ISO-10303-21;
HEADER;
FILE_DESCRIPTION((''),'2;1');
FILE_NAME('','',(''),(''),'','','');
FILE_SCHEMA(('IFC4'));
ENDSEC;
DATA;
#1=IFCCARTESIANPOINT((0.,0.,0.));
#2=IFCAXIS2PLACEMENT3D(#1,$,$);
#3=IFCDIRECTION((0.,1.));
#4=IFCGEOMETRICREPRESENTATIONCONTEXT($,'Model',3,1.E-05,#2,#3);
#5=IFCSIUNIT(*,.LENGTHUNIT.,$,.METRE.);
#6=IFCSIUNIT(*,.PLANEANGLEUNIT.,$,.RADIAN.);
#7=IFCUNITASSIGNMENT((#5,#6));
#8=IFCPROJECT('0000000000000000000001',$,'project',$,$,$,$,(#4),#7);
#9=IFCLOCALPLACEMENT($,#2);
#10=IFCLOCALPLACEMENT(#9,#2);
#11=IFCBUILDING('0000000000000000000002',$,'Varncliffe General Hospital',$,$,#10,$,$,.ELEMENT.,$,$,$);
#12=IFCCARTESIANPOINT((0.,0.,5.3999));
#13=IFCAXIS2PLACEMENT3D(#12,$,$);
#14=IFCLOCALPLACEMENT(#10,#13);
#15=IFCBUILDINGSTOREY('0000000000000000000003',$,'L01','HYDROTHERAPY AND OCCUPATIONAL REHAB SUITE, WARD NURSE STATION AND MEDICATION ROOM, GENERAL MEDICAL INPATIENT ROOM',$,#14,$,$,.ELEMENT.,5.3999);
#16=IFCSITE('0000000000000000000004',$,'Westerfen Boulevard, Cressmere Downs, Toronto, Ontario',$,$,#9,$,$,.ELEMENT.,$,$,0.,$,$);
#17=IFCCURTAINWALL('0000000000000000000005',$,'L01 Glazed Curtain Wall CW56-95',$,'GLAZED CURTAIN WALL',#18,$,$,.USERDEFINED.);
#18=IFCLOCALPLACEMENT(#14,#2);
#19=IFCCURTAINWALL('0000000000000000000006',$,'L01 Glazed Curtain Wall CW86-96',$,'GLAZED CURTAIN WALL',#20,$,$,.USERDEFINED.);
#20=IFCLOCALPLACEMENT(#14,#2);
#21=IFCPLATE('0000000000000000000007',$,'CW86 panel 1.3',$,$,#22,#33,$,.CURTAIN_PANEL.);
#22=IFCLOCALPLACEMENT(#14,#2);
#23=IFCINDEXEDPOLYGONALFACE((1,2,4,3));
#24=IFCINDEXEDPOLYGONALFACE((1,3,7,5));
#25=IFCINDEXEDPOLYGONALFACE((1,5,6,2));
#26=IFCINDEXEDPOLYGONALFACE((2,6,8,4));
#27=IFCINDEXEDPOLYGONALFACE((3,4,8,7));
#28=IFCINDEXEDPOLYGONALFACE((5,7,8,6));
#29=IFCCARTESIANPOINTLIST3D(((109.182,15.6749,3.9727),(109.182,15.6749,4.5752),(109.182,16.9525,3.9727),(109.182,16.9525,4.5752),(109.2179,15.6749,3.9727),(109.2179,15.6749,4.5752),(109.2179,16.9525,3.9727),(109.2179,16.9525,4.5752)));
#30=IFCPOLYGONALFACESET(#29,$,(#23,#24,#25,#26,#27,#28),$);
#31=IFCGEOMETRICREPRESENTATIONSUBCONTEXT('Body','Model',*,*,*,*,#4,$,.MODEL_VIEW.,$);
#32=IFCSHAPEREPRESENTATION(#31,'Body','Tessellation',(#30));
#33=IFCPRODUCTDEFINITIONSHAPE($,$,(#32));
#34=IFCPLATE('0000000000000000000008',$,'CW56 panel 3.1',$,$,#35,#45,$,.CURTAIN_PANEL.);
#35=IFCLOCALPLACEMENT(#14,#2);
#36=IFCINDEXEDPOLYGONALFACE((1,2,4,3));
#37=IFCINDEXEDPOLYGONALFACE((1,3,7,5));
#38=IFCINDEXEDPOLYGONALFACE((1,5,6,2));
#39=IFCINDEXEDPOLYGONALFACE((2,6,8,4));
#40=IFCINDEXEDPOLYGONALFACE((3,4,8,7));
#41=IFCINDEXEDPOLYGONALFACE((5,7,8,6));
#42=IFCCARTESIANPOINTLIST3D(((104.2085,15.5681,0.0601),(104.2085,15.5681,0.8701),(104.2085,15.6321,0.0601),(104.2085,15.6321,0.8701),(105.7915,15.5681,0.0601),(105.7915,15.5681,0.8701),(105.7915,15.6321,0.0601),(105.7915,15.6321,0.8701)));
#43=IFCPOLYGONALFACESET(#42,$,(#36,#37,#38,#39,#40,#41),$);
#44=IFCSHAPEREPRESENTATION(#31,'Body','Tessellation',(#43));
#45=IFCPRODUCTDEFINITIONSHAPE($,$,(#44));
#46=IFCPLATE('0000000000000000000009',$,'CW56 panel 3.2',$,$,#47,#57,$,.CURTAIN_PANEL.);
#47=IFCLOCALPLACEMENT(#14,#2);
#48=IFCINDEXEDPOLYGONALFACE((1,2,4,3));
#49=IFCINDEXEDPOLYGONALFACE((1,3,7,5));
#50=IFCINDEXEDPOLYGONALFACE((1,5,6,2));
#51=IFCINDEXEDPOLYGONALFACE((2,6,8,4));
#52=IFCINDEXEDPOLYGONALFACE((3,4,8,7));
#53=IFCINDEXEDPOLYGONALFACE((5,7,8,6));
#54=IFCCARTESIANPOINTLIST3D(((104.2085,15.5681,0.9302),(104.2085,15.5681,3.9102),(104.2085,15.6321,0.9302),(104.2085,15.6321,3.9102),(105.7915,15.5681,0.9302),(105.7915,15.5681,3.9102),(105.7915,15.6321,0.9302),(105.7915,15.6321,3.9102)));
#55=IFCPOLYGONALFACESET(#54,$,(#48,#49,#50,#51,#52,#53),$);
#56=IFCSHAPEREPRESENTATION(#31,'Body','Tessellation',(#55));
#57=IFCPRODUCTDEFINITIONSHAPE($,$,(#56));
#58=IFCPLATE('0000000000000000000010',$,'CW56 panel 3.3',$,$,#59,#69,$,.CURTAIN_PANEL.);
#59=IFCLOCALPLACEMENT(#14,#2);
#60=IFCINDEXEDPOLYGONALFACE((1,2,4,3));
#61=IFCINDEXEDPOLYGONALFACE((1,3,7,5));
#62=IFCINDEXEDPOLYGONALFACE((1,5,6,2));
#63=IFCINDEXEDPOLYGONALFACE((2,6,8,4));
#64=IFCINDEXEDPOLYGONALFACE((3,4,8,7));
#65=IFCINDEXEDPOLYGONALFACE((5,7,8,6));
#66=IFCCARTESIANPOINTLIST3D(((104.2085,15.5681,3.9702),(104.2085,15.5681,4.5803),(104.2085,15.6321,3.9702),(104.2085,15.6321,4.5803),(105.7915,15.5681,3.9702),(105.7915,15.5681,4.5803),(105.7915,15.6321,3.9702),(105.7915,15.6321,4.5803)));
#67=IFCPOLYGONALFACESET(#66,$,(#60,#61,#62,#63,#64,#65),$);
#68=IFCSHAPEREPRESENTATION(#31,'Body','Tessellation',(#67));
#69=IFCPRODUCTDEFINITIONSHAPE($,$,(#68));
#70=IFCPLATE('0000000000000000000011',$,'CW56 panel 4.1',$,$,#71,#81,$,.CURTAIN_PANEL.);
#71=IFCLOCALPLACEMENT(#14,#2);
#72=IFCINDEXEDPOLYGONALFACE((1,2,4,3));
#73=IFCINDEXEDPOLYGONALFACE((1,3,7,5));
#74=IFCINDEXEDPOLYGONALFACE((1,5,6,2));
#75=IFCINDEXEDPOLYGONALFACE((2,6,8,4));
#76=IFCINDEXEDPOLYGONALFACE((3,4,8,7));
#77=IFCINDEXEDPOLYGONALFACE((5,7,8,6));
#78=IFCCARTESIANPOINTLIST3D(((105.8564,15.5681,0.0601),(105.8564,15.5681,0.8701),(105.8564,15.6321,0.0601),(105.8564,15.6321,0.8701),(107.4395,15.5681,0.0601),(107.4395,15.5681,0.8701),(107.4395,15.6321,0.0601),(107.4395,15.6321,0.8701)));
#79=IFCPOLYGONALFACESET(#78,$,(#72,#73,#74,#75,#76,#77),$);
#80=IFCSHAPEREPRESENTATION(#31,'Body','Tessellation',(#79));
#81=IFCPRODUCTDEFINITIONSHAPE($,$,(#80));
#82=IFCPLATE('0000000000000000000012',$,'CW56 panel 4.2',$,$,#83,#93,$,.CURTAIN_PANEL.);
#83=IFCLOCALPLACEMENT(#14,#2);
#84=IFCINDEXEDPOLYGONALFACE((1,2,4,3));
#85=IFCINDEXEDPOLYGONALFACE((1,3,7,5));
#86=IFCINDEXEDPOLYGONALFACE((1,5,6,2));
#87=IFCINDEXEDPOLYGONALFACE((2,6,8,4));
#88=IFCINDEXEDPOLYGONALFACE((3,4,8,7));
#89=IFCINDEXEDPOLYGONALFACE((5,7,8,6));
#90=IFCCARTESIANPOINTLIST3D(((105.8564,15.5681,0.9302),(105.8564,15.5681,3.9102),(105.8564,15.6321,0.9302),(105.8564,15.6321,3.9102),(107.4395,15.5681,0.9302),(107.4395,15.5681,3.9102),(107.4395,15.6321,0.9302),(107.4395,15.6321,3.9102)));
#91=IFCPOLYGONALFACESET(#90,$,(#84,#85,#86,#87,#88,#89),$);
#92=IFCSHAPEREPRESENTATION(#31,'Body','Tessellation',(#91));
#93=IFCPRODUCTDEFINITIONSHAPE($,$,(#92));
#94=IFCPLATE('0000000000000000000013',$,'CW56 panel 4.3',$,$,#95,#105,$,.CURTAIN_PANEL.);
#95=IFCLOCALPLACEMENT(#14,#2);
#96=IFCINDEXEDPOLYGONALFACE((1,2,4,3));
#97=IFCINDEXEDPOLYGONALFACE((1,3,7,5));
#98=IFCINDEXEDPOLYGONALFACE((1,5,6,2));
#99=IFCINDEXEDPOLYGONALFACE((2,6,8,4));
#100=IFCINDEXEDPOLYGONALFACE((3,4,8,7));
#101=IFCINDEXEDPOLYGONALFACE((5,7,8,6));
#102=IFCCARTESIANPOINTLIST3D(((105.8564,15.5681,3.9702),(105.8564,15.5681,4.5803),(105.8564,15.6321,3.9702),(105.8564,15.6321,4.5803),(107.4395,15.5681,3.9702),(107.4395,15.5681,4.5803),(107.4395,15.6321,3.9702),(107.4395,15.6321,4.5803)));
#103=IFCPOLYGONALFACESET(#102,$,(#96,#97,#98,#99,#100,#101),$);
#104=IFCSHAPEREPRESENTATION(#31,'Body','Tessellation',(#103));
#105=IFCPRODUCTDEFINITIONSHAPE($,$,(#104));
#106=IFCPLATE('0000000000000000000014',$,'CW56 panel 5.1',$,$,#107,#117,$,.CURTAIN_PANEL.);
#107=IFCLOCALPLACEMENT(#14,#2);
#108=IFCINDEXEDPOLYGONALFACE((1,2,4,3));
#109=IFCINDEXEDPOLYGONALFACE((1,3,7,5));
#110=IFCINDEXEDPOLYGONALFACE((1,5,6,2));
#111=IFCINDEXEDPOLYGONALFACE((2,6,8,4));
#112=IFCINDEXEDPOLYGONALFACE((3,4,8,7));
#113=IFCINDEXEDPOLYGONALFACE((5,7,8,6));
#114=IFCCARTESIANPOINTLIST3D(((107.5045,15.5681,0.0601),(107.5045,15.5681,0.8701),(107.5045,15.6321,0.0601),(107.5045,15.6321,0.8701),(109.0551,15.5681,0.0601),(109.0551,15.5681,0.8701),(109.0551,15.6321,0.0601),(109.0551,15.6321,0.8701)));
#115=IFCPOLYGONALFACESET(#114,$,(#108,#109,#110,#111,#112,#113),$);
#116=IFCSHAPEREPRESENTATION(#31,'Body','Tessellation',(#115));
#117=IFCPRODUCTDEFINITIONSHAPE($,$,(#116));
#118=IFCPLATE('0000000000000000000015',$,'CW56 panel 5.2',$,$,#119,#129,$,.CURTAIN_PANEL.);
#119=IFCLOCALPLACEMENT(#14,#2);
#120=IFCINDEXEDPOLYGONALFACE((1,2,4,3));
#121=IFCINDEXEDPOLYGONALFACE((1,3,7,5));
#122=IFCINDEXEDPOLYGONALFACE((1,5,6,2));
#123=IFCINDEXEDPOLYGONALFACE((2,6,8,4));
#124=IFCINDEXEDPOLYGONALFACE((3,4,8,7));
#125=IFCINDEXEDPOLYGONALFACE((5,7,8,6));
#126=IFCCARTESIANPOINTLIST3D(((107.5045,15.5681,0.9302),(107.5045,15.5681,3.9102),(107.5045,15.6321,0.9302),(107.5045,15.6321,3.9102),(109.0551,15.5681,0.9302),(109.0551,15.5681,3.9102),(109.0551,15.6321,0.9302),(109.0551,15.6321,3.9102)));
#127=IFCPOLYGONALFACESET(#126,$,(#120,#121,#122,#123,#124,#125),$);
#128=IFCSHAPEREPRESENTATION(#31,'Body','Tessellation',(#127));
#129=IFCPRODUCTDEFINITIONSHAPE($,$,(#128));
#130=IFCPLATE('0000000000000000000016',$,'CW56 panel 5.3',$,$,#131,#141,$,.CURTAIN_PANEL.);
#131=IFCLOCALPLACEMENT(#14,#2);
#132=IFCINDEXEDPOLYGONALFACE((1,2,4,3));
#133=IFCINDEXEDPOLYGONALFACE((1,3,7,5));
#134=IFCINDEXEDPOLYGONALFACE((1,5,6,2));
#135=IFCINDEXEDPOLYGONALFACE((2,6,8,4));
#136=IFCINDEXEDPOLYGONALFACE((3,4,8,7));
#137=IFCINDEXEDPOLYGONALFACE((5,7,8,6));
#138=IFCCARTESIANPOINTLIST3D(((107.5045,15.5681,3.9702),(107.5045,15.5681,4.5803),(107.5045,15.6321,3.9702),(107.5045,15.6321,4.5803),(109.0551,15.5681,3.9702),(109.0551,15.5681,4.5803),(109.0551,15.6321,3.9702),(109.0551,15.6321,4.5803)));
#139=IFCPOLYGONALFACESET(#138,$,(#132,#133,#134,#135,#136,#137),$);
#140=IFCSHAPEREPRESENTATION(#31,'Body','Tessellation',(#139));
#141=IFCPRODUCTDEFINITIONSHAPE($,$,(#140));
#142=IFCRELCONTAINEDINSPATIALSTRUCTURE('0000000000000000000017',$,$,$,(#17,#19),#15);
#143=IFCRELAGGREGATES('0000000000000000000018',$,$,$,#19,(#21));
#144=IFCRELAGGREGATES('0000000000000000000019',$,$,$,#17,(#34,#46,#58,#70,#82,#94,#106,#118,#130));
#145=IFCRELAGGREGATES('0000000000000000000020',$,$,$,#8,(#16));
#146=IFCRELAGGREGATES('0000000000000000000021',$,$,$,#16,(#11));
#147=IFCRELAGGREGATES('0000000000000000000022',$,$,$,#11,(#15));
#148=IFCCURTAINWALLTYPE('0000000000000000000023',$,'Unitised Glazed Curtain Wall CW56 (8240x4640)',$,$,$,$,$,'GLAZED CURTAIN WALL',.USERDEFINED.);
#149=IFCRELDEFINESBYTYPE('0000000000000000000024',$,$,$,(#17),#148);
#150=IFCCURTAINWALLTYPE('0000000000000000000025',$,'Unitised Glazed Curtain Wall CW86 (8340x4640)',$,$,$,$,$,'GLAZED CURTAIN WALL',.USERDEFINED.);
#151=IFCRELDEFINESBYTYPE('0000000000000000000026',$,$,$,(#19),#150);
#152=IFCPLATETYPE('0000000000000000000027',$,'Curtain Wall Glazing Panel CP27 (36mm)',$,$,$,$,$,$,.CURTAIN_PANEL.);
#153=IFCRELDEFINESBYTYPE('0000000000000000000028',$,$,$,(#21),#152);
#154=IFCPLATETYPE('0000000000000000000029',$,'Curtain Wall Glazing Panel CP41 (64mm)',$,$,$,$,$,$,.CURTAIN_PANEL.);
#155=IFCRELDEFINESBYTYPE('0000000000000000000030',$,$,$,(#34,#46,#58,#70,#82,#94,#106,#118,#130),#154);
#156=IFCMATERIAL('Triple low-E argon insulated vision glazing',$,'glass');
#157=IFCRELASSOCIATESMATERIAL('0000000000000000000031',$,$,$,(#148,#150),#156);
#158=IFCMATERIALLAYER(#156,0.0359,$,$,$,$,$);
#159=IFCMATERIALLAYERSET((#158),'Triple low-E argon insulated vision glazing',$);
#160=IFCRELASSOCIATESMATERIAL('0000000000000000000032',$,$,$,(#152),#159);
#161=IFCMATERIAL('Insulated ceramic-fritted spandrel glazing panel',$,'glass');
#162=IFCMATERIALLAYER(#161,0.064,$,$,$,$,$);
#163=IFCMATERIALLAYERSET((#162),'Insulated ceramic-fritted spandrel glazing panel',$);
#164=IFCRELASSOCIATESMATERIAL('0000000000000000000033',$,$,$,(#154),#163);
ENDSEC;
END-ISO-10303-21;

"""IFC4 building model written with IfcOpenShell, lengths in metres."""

from ifc_helpers import new_model, si_unit, direction, frame, origin, origin_2d, place, context, subcontext, project, spatial, rectangle, extrude, material, layer, layer_set, type_object, element, aggregate, save


model = new_model("IFC4")

# Units and contexts
model_context = context("Model", 3, precision=1e-05, world=origin(), true_north=direction((0.0, 1.0)))
body_context = subcontext(model_context, "Body", "Model", "MODEL_VIEW")
ifc_project = project(units=[si_unit("LENGTHUNIT", "METRE"), si_unit("PLANEANGLEUNIT", "RADIAN")], contexts=[model_context])

# Site, building, storey
site_placement = place(None, origin())
site = spatial("IfcSite", under=ifc_project, at=site_placement, Name="Westerfen Boulevard, Cressmere Downs, Toronto, Ontario", CompositionType="ELEMENT", RefElevation=0.0)
building_placement = place(site_placement, origin())
building = spatial("IfcBuilding", under=site, at=building_placement, Name="Varncliffe General Hospital", CompositionType="ELEMENT")
storey_placement = place(building_placement, frame((0.0, 0.0, 5.3999)))
storey = spatial("IfcBuildingStorey", under=building, at=storey_placement, Name="L01", Description="HYDROTHERAPY AND OCCUPATIONAL REHAB SUITE, WARD NURSE STATION AND MEDICATION ROOM, GENERAL MEDICAL INPATIENT ROOM", CompositionType="ELEMENT", Elevation=5.3999)

# Curtain walls
ifc_material_1 = material(Name="Triple low-E argon insulated vision glazing", Category="glass")
curtain_wall_type_1 = type_object("IfcCurtainWallType", Name="Unitised Glazed Curtain Wall CW56 (8240x4640)", ElementType="GLAZED CURTAIN WALL", PredefinedType="USERDEFINED", material=ifc_material_1)
curtain_wall_1_placement = place(storey_placement, origin())
curtain_wall_1 = element("IfcCurtainWall", 1, at=curtain_wall_1_placement, inside=storey, type_object=curtain_wall_type_1, Name="L01 Glazed Curtain Wall CW56-95", ObjectType="GLAZED CURTAIN WALL", PredefinedType="USERDEFINED")
curtain_wall_type_2 = type_object("IfcCurtainWallType", Name="Unitised Glazed Curtain Wall CW86 (8340x4640)", ElementType="GLAZED CURTAIN WALL", PredefinedType="USERDEFINED", material=ifc_material_1)
curtain_wall_2_placement = place(storey_placement, origin())
curtain_wall_2 = element("IfcCurtainWall", 2, at=curtain_wall_2_placement, inside=storey, type_object=curtain_wall_type_2, Name="L01 Glazed Curtain Wall CW86-96", ObjectType="GLAZED CURTAIN WALL", PredefinedType="USERDEFINED")

# Plates
ifc_layer_1 = layer(ifc_material_1, 0.0359)
ifc_layer_set_1 = layer_set([ifc_layer_1], Name="Triple low-E argon insulated vision glazing")
plate_type_1 = type_object("IfcPlateType", Name="Curtain Wall Glazing Panel CP27 (36mm)", PredefinedType="CURTAIN_PANEL", material=ifc_layer_set_1)
plate_1_placement = place(storey_placement, frame((109.2, 16.3137, 3.9727), z_axis=(0.0, 0.0, 1.0), x_axis=(0.0, 1.0, 0.0)))
plate_1 = element("IfcPlate", 3, at=plate_1_placement, type_object=plate_type_1, Name="CW86 panel 1.3", PredefinedType="CURTAIN_PANEL", context=body_context, shape_type="SweptSolid", body=[
    extrude(rectangle(XDim=1.2776, YDim=0.0359, at=origin_2d()), origin(), (0.0, 0.0, 1.0), 0.6025),
])
aggregate(curtain_wall_2, [plate_1])
ifc_material_2 = material(Name="Insulated ceramic-fritted spandrel glazing panel", Category="glass")
ifc_layer_2 = layer(ifc_material_2, 0.064)
ifc_layer_set_2 = layer_set([ifc_layer_2], Name="Insulated ceramic-fritted spandrel glazing panel")
plate_type_2 = type_object("IfcPlateType", Name="Curtain Wall Glazing Panel CP41 (64mm)", PredefinedType="CURTAIN_PANEL", material=ifc_layer_set_2)
plate_2_placement = place(storey_placement, frame((105.0, 15.6001, 0.0601), z_axis=(0.0, 0.0, 1.0), x_axis=(1.0, 0.0, 0.0)))
plate_2 = element("IfcPlate", 4, at=plate_2_placement, type_object=plate_type_2, Name="CW56 panel 3.1", PredefinedType="CURTAIN_PANEL", context=body_context, shape_type="SweptSolid", body=[
    extrude(rectangle(XDim=1.583, YDim=0.064, at=origin_2d()), origin(), (0.0, 0.0, 1.0), 0.8101),
])
plate_3_placement = place(storey_placement, frame((105.0, 15.6001, 0.9302), z_axis=(0.0, 0.0, 1.0), x_axis=(1.0, 0.0, 0.0)))
plate_3 = element("IfcPlate", 5, at=plate_3_placement, type_object=plate_type_2, Name="CW56 panel 3.2", PredefinedType="CURTAIN_PANEL", context=body_context, shape_type="SweptSolid", body=[
    extrude(rectangle(XDim=1.583, YDim=0.064, at=origin_2d()), origin(), (0.0, 0.0, 1.0), 2.98),
])
plate_4_placement = place(storey_placement, frame((105.0, 15.6001, 3.9702), z_axis=(0.0, 0.0, 1.0), x_axis=(1.0, 0.0, 0.0)))
plate_4 = element("IfcPlate", 6, at=plate_4_placement, type_object=plate_type_2, Name="CW56 panel 3.3", PredefinedType="CURTAIN_PANEL", context=body_context, shape_type="SweptSolid", body=[
    extrude(rectangle(XDim=1.583, YDim=0.064, at=origin_2d()), origin(), (0.0, 0.0, 1.0), 0.6101),
])
plate_5_placement = place(storey_placement, frame((106.6479, 15.6001, 0.0601), z_axis=(0.0, 0.0, 1.0), x_axis=(1.0, 0.0, 0.0)))
plate_5 = element("IfcPlate", 7, at=plate_5_placement, type_object=plate_type_2, Name="CW56 panel 4.1", PredefinedType="CURTAIN_PANEL", context=body_context, shape_type="SweptSolid", body=[
    extrude(rectangle(XDim=1.583, YDim=0.064, at=origin_2d()), origin(), (0.0, 0.0, 1.0), 0.8101),
])
plate_6_placement = place(storey_placement, frame((106.6479, 15.6001, 0.9302), z_axis=(0.0, 0.0, 1.0), x_axis=(1.0, 0.0, 0.0)))
plate_6 = element("IfcPlate", 8, at=plate_6_placement, type_object=plate_type_2, Name="CW56 panel 4.2", PredefinedType="CURTAIN_PANEL", context=body_context, shape_type="SweptSolid", body=[
    extrude(rectangle(XDim=1.583, YDim=0.064, at=origin_2d()), origin(), (0.0, 0.0, 1.0), 2.98),
])
plate_7_placement = place(storey_placement, frame((106.6479, 15.6001, 3.9702), z_axis=(0.0, 0.0, 1.0), x_axis=(1.0, 0.0, 0.0)))
plate_7 = element("IfcPlate", 9, at=plate_7_placement, type_object=plate_type_2, Name="CW56 panel 4.3", PredefinedType="CURTAIN_PANEL", context=body_context, shape_type="SweptSolid", body=[
    extrude(rectangle(XDim=1.583, YDim=0.064, at=origin_2d()), origin(), (0.0, 0.0, 1.0), 0.6101),
])
plate_8_placement = place(storey_placement, frame((108.2798, 15.6001, 0.0601), z_axis=(0.0, 0.0, 1.0), x_axis=(1.0, 0.0, 0.0)))
plate_8 = element("IfcPlate", 10, at=plate_8_placement, type_object=plate_type_2, Name="CW56 panel 5.1", PredefinedType="CURTAIN_PANEL", context=body_context, shape_type="SweptSolid", body=[
    extrude(rectangle(XDim=1.5505, YDim=0.064, at=origin_2d()), origin(), (0.0, 0.0, 1.0), 0.8101),
])
plate_9_placement = place(storey_placement, frame((108.2798, 15.6001, 0.9302), z_axis=(0.0, 0.0, 1.0), x_axis=(1.0, 0.0, 0.0)))
plate_9 = element("IfcPlate", 11, at=plate_9_placement, type_object=plate_type_2, Name="CW56 panel 5.2", PredefinedType="CURTAIN_PANEL", context=body_context, shape_type="SweptSolid", body=[
    extrude(rectangle(XDim=1.5505, YDim=0.064, at=origin_2d()), origin(), (0.0, 0.0, 1.0), 2.98),
])
plate_10_placement = place(storey_placement, frame((108.2798, 15.6001, 3.9702), z_axis=(0.0, 0.0, 1.0), x_axis=(1.0, 0.0, 0.0)))
plate_10 = element("IfcPlate", 12, at=plate_10_placement, type_object=plate_type_2, Name="CW56 panel 5.3", PredefinedType="CURTAIN_PANEL", context=body_context, shape_type="SweptSolid", body=[
    extrude(rectangle(XDim=1.5505, YDim=0.064, at=origin_2d()), origin(), (0.0, 0.0, 1.0), 0.6101),
])
aggregate(curtain_wall_1, [plate_2, plate_3, plate_4, plate_5, plate_6, plate_7, plate_8, plate_9, plate_10])

save(model, "model.ifc")
